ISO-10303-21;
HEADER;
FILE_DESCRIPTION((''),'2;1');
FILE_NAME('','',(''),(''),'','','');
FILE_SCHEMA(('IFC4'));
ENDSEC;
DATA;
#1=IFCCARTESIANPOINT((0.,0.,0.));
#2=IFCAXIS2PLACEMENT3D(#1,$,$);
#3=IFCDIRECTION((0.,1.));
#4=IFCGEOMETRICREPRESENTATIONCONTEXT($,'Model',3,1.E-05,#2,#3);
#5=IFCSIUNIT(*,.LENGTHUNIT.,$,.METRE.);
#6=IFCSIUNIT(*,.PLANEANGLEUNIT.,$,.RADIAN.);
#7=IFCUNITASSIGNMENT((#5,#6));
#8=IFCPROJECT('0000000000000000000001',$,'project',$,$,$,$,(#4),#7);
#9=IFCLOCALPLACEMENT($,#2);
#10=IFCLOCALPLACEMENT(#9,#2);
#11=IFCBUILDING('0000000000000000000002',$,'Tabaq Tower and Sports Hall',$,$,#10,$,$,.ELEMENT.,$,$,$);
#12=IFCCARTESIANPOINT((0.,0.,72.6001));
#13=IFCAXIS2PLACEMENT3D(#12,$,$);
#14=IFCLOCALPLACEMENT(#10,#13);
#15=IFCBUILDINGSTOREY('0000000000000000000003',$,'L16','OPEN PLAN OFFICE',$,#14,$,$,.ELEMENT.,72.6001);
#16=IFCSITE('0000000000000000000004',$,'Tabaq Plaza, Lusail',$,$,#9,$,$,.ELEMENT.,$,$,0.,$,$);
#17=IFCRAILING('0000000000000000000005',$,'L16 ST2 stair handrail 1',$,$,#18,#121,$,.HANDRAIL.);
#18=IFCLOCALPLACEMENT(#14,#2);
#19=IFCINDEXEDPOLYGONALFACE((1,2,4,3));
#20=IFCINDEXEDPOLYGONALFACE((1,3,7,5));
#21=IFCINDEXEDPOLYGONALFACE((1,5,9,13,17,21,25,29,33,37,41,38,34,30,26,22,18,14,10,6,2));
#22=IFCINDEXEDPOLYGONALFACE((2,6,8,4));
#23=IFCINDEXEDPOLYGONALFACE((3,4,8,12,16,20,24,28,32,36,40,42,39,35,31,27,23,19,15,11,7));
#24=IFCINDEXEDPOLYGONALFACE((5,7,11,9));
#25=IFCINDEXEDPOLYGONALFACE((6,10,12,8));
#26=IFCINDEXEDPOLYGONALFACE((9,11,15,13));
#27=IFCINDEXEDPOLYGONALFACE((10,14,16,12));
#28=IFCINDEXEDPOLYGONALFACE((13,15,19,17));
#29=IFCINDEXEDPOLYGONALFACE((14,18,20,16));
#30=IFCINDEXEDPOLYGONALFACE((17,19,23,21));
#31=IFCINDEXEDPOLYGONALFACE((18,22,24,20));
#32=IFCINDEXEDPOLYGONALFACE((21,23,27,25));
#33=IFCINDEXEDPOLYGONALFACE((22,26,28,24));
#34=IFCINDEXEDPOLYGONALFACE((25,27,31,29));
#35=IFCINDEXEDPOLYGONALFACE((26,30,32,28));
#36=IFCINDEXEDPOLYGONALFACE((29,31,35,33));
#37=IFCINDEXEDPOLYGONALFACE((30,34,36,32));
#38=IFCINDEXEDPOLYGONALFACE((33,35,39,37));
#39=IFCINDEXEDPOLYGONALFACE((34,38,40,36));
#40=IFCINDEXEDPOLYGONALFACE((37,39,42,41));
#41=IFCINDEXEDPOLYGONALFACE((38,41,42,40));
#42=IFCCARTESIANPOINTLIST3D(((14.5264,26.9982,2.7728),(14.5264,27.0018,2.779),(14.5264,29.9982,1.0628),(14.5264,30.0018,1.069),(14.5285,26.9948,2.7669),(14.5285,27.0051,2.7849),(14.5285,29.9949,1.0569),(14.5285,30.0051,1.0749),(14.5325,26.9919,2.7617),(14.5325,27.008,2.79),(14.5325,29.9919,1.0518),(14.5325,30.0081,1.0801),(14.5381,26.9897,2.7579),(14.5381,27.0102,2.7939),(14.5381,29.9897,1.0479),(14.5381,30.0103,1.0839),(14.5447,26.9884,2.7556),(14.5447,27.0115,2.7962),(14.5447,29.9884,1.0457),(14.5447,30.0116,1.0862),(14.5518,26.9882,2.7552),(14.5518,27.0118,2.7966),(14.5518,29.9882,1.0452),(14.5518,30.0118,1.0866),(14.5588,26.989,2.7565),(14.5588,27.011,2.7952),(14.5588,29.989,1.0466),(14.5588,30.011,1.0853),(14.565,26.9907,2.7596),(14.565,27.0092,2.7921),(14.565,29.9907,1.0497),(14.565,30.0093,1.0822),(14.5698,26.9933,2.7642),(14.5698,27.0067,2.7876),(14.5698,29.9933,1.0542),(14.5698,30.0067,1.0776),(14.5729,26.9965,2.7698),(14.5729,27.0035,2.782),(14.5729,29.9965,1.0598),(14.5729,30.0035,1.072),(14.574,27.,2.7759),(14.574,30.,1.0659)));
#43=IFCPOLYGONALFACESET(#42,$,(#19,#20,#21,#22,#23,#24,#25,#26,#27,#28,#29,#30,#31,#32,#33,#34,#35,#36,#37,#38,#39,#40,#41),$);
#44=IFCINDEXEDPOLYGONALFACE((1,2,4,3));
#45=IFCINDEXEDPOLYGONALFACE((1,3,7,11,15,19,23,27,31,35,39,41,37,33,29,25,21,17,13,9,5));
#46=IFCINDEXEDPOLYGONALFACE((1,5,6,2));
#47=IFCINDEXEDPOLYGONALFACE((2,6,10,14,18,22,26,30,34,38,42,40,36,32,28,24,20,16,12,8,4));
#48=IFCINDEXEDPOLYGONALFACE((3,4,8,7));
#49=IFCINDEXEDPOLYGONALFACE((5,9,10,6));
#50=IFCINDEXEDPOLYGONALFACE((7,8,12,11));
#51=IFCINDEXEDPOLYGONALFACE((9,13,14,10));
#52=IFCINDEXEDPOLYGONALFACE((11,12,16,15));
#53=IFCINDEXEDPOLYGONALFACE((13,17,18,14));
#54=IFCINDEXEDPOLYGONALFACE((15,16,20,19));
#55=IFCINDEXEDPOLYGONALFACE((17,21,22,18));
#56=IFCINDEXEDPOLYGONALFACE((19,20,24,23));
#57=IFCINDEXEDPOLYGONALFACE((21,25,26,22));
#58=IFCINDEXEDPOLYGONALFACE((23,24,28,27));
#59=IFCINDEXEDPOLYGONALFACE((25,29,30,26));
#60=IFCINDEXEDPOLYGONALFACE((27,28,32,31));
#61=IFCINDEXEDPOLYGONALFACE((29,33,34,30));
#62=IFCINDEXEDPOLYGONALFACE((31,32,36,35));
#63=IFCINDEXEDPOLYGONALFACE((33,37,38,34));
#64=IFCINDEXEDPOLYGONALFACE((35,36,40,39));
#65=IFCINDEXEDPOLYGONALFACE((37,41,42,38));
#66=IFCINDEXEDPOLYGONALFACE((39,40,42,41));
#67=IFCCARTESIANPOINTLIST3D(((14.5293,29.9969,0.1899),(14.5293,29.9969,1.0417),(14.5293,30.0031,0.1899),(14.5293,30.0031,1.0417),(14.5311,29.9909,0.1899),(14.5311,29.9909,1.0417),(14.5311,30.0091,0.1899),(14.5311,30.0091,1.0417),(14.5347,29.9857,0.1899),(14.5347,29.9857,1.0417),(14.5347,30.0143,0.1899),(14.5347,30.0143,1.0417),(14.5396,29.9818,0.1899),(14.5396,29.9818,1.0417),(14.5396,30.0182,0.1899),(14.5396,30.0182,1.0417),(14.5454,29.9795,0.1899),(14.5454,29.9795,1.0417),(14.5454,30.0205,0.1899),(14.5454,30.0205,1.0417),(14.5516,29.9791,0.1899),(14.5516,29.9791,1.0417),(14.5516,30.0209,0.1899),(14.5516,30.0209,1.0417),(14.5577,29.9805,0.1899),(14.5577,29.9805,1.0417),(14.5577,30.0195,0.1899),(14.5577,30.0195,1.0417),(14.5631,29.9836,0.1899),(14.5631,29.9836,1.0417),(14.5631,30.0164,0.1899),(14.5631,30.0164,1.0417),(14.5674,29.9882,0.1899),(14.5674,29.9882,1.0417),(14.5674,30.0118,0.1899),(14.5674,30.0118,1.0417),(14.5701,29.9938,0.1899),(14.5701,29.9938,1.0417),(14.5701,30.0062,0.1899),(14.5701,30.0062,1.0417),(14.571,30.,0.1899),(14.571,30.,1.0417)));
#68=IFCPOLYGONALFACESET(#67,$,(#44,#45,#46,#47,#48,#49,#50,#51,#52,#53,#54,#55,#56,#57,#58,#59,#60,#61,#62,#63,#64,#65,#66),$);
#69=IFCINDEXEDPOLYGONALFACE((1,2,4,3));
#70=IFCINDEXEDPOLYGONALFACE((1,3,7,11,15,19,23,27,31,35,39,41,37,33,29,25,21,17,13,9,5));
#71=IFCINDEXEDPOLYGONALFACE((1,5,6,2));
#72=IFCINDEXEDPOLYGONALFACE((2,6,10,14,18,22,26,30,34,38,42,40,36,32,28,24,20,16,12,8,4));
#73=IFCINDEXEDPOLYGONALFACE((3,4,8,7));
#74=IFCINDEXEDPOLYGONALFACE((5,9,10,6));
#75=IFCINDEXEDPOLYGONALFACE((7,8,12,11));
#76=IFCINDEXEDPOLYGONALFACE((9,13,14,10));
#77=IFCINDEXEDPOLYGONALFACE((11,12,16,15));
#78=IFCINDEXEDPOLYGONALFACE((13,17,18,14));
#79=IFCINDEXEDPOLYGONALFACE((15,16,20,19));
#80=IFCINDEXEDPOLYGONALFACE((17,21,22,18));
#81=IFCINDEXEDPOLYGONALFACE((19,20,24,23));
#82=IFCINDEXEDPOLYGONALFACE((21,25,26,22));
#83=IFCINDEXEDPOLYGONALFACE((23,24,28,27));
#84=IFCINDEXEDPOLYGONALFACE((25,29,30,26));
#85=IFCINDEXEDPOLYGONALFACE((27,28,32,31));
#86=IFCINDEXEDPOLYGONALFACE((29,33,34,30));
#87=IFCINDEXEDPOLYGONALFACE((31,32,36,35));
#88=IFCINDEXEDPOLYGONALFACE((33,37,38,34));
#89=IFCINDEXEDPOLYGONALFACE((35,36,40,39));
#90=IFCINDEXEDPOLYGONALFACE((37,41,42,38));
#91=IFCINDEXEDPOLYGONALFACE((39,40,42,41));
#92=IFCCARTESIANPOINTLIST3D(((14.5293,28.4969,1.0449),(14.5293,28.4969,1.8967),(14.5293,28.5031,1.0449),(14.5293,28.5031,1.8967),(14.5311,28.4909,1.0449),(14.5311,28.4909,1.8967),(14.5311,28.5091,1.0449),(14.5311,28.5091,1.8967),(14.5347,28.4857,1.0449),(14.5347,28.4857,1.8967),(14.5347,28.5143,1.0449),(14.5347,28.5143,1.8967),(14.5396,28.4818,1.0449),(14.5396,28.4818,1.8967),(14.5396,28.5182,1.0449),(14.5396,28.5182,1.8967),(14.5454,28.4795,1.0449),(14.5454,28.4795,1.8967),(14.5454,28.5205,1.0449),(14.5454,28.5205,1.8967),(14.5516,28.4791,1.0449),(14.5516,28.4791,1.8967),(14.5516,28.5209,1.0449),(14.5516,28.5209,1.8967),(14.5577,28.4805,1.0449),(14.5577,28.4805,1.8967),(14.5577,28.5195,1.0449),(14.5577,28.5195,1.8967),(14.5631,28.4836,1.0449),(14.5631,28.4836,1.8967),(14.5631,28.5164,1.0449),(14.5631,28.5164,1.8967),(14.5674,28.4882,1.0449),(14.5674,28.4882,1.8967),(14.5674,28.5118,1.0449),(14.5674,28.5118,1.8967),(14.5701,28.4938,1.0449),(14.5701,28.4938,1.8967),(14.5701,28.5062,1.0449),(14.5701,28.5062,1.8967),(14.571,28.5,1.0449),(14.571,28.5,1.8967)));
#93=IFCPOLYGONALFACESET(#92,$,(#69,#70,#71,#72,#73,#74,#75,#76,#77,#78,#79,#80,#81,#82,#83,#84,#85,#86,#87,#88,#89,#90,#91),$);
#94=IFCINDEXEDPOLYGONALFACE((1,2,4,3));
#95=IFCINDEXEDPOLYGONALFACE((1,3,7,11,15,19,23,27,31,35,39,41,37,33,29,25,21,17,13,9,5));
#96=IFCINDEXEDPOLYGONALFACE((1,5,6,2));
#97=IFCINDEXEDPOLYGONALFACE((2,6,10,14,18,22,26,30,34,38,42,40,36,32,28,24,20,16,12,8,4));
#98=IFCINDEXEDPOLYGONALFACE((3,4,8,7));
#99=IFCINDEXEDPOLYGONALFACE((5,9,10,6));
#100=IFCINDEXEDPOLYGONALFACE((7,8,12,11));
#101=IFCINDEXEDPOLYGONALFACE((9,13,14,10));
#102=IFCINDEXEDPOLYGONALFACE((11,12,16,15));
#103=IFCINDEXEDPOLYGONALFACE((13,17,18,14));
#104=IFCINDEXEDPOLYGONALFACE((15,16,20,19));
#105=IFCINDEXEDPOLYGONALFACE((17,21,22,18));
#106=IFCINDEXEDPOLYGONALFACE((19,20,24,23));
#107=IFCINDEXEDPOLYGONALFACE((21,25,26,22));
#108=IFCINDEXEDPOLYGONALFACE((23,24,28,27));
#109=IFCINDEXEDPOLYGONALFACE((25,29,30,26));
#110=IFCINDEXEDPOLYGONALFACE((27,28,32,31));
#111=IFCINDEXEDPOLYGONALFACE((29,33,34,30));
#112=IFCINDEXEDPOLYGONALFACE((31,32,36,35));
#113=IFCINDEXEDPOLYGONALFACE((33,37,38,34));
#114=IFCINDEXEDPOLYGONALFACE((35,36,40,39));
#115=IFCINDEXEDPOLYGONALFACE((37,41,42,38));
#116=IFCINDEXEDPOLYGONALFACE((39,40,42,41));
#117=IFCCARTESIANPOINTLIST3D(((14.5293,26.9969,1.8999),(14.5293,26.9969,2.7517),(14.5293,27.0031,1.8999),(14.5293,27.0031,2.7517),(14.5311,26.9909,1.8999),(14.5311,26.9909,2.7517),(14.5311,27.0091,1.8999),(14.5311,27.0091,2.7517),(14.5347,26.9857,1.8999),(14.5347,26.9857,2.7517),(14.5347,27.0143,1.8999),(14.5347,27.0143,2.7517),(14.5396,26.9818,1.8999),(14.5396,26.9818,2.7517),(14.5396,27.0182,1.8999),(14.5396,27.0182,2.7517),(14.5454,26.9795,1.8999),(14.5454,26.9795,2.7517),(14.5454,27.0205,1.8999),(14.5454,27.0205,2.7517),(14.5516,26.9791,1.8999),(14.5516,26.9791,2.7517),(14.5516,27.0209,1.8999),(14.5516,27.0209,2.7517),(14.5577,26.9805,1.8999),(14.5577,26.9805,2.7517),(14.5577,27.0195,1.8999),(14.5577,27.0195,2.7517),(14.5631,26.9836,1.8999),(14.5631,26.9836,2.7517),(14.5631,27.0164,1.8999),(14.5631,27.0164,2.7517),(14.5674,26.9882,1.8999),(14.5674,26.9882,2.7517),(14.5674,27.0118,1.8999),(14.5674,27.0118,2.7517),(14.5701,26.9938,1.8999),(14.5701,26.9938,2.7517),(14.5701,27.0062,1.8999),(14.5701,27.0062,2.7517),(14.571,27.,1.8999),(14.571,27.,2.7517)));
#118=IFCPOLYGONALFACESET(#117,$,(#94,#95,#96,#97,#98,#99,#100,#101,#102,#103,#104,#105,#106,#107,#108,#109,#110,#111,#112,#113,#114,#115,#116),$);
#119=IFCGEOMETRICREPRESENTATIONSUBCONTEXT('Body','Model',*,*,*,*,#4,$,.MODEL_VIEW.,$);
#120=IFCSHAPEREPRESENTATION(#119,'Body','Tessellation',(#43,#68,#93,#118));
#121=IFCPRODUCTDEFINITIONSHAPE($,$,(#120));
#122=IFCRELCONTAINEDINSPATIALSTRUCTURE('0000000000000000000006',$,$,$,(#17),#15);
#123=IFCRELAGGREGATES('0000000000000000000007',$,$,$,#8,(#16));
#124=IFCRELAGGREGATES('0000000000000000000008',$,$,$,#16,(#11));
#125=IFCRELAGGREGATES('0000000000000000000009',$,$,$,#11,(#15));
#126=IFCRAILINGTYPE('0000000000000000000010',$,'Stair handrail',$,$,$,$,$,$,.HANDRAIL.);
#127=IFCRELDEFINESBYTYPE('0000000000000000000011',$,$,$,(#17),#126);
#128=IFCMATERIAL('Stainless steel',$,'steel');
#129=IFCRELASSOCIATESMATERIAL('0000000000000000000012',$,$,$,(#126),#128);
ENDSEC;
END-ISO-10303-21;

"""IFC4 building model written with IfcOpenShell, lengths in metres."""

from ifc_helpers import new_model, si_unit, direction, frame, origin, origin_2d, place, context, subcontext, project, spatial, circle, extrude, material, type_object, element, save


model = new_model("IFC4")

# Units and contexts
model_context = context("Model", 3, precision=1e-05, world=origin(), true_north=direction((0.0, 1.0)))
body_context = subcontext(model_context, "Body", "Model", "MODEL_VIEW")
ifc_project = project(units=[si_unit("LENGTHUNIT", "METRE"), si_unit("PLANEANGLEUNIT", "RADIAN")], contexts=[model_context])

# Site, building, storey
site_placement = place(None, origin())
site = spatial("IfcSite", under=ifc_project, at=site_placement, Name="Tabaq Plaza, Lusail", CompositionType="ELEMENT", RefElevation=0.0)
building_placement = place(site_placement, origin())
building = spatial("IfcBuilding", under=site, at=building_placement, Name="Tabaq Tower and Sports Hall", CompositionType="ELEMENT")
storey_placement = place(building_placement, frame((0.0, 0.0, 72.6001)))
storey = spatial("IfcBuildingStorey", under=building, at=storey_placement, Name="L16", Description="OPEN PLAN OFFICE", CompositionType="ELEMENT", Elevation=72.6001)

# Railing
ifc_material_1 = material(Name="Stainless steel", Category="steel")
railing_type_1 = type_object("IfcRailingType", Name="Stair handrail", PredefinedType="HANDRAIL", material=ifc_material_1)
railing_1_placement = place(storey_placement, frame((14.55, 30.0, 0.1899)))
element("IfcRailing", 1, at=railing_1_placement, inside=storey, type_object=railing_type_1, Name="L16 ST2 stair handrail 1", PredefinedType="HANDRAIL", context=body_context, shape_type="SweptSolid", body=[
    extrude(circle(Radius=0.0239, at=origin_2d()), frame((0.0, 0.0, 0.876), z_axis=(0.0, -0.868782, 0.495195), x_axis=(1.0, 0.0, 0.0)), (0.0, 0.0, 1.0), 3.4531),
    extrude(circle(Radius=0.021, at=origin_2d()), origin(), (0.0, 0.0, 1.0), 0.8518),
    extrude(circle(Radius=0.021, at=origin_2d()), frame((0.0, -1.5, 0.855)), (0.0, 0.0, 1.0), 0.8518),
    extrude(circle(Radius=0.021, at=origin_2d()), frame((0.0, -3.0, 1.71)), (0.0, 0.0, 1.0), 0.8518),
])

save(model, "model.ifc")
